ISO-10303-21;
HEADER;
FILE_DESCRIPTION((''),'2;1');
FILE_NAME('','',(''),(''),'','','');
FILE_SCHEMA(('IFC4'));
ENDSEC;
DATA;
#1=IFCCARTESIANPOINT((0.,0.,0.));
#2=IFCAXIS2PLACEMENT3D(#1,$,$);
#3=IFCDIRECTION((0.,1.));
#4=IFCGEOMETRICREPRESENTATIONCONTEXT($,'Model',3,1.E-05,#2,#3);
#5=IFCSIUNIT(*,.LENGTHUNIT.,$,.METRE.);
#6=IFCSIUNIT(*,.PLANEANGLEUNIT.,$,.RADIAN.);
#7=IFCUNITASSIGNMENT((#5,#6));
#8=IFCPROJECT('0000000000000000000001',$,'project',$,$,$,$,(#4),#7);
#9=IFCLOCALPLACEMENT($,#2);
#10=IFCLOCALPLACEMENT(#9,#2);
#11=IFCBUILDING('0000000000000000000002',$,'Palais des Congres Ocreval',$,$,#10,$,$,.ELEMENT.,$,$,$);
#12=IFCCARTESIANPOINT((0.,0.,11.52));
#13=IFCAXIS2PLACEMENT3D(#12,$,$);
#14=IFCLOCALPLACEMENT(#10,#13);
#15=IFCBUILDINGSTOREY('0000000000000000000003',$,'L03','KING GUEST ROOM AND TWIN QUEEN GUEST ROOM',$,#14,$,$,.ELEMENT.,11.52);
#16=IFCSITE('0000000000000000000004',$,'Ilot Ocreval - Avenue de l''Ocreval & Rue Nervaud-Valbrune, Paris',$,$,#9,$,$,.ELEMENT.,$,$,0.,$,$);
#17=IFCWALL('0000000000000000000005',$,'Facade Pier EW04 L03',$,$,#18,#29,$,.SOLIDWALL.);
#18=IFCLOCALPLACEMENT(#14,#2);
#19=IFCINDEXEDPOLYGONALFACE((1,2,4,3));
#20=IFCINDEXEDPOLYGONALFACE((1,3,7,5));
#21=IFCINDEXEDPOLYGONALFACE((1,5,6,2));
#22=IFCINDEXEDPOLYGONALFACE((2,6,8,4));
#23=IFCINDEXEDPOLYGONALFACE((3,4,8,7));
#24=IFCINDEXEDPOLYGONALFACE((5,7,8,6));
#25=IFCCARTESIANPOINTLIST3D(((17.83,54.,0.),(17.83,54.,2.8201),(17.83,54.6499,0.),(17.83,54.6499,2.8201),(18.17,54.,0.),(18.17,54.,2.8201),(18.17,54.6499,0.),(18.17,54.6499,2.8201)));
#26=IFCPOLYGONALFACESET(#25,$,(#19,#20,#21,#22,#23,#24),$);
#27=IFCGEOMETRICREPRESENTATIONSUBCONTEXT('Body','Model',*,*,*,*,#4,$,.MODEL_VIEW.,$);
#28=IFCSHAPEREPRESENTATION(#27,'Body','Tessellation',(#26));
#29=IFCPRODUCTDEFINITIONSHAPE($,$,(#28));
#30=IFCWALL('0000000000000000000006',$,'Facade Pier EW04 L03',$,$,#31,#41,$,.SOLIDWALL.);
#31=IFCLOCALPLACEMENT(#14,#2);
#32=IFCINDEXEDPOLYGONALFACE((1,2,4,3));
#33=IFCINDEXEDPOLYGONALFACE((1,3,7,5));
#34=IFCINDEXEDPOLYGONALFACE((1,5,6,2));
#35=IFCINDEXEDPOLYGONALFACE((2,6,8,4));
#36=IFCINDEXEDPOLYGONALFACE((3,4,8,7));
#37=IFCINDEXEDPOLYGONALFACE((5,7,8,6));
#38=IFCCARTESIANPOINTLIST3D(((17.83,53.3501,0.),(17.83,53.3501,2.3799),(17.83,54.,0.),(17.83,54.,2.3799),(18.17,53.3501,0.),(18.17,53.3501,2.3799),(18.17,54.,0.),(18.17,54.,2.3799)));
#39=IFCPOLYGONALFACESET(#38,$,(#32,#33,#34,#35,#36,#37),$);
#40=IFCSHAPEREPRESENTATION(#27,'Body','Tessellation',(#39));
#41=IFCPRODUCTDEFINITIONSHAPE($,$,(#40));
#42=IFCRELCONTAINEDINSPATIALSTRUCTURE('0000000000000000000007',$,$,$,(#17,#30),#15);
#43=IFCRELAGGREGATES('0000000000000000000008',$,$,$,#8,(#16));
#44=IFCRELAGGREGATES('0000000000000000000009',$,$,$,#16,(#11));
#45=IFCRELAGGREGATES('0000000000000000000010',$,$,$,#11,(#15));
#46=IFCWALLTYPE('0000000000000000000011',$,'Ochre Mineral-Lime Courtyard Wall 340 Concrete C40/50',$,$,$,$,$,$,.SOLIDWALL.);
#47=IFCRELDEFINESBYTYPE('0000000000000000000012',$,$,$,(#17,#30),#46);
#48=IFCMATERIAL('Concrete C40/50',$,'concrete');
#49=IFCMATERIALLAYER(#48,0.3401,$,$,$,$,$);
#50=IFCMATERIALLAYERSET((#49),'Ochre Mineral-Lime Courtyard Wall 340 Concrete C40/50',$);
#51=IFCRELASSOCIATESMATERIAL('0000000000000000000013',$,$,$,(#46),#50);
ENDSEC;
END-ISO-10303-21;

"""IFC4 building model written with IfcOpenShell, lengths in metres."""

from ifc_helpers import new_model, si_unit, direction, frame, frame_2d, origin, place, context, subcontext, project, spatial, rectangle, extrude, material, layer, layer_set, type_object, element, save


model = new_model("IFC4")

# Units and contexts
model_context = context("Model", 3, precision=1e-05, world=origin(), true_north=direction((0.0, 1.0)))
body_context = subcontext(model_context, "Body", "Model", "MODEL_VIEW")
ifc_project = project(units=[si_unit("LENGTHUNIT", "METRE"), si_unit("PLANEANGLEUNIT", "RADIAN")], contexts=[model_context])

# Site, building, storey
site_placement = place(None, origin())
site = spatial("IfcSite", under=ifc_project, at=site_placement, Name="Ilot Ocreval - Avenue de l'Ocreval & Rue Nervaud-Valbrune, Paris", CompositionType="ELEMENT", RefElevation=0.0)
building_placement = place(site_placement, origin())
building = spatial("IfcBuilding", under=site, at=building_placement, Name="Palais des Congres Ocreval", CompositionType="ELEMENT")
storey_placement = place(building_placement, frame((0.0, 0.0, 11.52)))
storey = spatial("IfcBuildingStorey", under=building, at=storey_placement, Name="L03", Description="KING GUEST ROOM AND TWIN QUEEN GUEST ROOM", CompositionType="ELEMENT", Elevation=11.52)

# Shared definitions
ifc_material_1 = material(Name="Concrete C40/50", Category="concrete")

# Walls
ifc_layer_1 = layer(ifc_material_1, 0.3401)
ifc_layer_set_1 = layer_set([ifc_layer_1], Name="Ochre Mineral-Lime Courtyard Wall 340 Concrete C40/50")
wall_type_1 = type_object("IfcWallType", Name="Ochre Mineral-Lime Courtyard Wall 340 Concrete C40/50", PredefinedType="SOLIDWALL", material=ifc_layer_set_1)
wall_1_placement = place(storey_placement, frame((18.0, 54.6499, 0.0), z_axis=(0.0, 0.0, 1.0), x_axis=(0.0, -1.0, 0.0)))
element("IfcWall", 1, at=wall_1_placement, inside=storey, type_object=wall_type_1, Name="Facade Pier EW04 L03", PredefinedType="SOLIDWALL", context=body_context, shape_type="SweptSolid", body=[
    extrude(rectangle(XDim=0.6499, YDim=0.3401, at=frame_2d((0.325, 0.0))), origin(), (0.0, 0.0, 1.0), 2.8201),
])
wall_2_placement = place(storey_placement, frame((18.0, 54.0, 0.0), z_axis=(0.0, 0.0, 1.0), x_axis=(0.0, -1.0, 0.0)))
element("IfcWall", 2, at=wall_2_placement, inside=storey, type_object=wall_type_1, Name="Facade Pier EW04 L03", PredefinedType="SOLIDWALL", context=body_context, shape_type="SweptSolid", body=[
    extrude(rectangle(XDim=0.6499, YDim=0.3401, at=frame_2d((0.325, 0.0))), origin(), (0.0, 0.0, 1.0), 2.3799),
])

save(model, "model.ifc")
